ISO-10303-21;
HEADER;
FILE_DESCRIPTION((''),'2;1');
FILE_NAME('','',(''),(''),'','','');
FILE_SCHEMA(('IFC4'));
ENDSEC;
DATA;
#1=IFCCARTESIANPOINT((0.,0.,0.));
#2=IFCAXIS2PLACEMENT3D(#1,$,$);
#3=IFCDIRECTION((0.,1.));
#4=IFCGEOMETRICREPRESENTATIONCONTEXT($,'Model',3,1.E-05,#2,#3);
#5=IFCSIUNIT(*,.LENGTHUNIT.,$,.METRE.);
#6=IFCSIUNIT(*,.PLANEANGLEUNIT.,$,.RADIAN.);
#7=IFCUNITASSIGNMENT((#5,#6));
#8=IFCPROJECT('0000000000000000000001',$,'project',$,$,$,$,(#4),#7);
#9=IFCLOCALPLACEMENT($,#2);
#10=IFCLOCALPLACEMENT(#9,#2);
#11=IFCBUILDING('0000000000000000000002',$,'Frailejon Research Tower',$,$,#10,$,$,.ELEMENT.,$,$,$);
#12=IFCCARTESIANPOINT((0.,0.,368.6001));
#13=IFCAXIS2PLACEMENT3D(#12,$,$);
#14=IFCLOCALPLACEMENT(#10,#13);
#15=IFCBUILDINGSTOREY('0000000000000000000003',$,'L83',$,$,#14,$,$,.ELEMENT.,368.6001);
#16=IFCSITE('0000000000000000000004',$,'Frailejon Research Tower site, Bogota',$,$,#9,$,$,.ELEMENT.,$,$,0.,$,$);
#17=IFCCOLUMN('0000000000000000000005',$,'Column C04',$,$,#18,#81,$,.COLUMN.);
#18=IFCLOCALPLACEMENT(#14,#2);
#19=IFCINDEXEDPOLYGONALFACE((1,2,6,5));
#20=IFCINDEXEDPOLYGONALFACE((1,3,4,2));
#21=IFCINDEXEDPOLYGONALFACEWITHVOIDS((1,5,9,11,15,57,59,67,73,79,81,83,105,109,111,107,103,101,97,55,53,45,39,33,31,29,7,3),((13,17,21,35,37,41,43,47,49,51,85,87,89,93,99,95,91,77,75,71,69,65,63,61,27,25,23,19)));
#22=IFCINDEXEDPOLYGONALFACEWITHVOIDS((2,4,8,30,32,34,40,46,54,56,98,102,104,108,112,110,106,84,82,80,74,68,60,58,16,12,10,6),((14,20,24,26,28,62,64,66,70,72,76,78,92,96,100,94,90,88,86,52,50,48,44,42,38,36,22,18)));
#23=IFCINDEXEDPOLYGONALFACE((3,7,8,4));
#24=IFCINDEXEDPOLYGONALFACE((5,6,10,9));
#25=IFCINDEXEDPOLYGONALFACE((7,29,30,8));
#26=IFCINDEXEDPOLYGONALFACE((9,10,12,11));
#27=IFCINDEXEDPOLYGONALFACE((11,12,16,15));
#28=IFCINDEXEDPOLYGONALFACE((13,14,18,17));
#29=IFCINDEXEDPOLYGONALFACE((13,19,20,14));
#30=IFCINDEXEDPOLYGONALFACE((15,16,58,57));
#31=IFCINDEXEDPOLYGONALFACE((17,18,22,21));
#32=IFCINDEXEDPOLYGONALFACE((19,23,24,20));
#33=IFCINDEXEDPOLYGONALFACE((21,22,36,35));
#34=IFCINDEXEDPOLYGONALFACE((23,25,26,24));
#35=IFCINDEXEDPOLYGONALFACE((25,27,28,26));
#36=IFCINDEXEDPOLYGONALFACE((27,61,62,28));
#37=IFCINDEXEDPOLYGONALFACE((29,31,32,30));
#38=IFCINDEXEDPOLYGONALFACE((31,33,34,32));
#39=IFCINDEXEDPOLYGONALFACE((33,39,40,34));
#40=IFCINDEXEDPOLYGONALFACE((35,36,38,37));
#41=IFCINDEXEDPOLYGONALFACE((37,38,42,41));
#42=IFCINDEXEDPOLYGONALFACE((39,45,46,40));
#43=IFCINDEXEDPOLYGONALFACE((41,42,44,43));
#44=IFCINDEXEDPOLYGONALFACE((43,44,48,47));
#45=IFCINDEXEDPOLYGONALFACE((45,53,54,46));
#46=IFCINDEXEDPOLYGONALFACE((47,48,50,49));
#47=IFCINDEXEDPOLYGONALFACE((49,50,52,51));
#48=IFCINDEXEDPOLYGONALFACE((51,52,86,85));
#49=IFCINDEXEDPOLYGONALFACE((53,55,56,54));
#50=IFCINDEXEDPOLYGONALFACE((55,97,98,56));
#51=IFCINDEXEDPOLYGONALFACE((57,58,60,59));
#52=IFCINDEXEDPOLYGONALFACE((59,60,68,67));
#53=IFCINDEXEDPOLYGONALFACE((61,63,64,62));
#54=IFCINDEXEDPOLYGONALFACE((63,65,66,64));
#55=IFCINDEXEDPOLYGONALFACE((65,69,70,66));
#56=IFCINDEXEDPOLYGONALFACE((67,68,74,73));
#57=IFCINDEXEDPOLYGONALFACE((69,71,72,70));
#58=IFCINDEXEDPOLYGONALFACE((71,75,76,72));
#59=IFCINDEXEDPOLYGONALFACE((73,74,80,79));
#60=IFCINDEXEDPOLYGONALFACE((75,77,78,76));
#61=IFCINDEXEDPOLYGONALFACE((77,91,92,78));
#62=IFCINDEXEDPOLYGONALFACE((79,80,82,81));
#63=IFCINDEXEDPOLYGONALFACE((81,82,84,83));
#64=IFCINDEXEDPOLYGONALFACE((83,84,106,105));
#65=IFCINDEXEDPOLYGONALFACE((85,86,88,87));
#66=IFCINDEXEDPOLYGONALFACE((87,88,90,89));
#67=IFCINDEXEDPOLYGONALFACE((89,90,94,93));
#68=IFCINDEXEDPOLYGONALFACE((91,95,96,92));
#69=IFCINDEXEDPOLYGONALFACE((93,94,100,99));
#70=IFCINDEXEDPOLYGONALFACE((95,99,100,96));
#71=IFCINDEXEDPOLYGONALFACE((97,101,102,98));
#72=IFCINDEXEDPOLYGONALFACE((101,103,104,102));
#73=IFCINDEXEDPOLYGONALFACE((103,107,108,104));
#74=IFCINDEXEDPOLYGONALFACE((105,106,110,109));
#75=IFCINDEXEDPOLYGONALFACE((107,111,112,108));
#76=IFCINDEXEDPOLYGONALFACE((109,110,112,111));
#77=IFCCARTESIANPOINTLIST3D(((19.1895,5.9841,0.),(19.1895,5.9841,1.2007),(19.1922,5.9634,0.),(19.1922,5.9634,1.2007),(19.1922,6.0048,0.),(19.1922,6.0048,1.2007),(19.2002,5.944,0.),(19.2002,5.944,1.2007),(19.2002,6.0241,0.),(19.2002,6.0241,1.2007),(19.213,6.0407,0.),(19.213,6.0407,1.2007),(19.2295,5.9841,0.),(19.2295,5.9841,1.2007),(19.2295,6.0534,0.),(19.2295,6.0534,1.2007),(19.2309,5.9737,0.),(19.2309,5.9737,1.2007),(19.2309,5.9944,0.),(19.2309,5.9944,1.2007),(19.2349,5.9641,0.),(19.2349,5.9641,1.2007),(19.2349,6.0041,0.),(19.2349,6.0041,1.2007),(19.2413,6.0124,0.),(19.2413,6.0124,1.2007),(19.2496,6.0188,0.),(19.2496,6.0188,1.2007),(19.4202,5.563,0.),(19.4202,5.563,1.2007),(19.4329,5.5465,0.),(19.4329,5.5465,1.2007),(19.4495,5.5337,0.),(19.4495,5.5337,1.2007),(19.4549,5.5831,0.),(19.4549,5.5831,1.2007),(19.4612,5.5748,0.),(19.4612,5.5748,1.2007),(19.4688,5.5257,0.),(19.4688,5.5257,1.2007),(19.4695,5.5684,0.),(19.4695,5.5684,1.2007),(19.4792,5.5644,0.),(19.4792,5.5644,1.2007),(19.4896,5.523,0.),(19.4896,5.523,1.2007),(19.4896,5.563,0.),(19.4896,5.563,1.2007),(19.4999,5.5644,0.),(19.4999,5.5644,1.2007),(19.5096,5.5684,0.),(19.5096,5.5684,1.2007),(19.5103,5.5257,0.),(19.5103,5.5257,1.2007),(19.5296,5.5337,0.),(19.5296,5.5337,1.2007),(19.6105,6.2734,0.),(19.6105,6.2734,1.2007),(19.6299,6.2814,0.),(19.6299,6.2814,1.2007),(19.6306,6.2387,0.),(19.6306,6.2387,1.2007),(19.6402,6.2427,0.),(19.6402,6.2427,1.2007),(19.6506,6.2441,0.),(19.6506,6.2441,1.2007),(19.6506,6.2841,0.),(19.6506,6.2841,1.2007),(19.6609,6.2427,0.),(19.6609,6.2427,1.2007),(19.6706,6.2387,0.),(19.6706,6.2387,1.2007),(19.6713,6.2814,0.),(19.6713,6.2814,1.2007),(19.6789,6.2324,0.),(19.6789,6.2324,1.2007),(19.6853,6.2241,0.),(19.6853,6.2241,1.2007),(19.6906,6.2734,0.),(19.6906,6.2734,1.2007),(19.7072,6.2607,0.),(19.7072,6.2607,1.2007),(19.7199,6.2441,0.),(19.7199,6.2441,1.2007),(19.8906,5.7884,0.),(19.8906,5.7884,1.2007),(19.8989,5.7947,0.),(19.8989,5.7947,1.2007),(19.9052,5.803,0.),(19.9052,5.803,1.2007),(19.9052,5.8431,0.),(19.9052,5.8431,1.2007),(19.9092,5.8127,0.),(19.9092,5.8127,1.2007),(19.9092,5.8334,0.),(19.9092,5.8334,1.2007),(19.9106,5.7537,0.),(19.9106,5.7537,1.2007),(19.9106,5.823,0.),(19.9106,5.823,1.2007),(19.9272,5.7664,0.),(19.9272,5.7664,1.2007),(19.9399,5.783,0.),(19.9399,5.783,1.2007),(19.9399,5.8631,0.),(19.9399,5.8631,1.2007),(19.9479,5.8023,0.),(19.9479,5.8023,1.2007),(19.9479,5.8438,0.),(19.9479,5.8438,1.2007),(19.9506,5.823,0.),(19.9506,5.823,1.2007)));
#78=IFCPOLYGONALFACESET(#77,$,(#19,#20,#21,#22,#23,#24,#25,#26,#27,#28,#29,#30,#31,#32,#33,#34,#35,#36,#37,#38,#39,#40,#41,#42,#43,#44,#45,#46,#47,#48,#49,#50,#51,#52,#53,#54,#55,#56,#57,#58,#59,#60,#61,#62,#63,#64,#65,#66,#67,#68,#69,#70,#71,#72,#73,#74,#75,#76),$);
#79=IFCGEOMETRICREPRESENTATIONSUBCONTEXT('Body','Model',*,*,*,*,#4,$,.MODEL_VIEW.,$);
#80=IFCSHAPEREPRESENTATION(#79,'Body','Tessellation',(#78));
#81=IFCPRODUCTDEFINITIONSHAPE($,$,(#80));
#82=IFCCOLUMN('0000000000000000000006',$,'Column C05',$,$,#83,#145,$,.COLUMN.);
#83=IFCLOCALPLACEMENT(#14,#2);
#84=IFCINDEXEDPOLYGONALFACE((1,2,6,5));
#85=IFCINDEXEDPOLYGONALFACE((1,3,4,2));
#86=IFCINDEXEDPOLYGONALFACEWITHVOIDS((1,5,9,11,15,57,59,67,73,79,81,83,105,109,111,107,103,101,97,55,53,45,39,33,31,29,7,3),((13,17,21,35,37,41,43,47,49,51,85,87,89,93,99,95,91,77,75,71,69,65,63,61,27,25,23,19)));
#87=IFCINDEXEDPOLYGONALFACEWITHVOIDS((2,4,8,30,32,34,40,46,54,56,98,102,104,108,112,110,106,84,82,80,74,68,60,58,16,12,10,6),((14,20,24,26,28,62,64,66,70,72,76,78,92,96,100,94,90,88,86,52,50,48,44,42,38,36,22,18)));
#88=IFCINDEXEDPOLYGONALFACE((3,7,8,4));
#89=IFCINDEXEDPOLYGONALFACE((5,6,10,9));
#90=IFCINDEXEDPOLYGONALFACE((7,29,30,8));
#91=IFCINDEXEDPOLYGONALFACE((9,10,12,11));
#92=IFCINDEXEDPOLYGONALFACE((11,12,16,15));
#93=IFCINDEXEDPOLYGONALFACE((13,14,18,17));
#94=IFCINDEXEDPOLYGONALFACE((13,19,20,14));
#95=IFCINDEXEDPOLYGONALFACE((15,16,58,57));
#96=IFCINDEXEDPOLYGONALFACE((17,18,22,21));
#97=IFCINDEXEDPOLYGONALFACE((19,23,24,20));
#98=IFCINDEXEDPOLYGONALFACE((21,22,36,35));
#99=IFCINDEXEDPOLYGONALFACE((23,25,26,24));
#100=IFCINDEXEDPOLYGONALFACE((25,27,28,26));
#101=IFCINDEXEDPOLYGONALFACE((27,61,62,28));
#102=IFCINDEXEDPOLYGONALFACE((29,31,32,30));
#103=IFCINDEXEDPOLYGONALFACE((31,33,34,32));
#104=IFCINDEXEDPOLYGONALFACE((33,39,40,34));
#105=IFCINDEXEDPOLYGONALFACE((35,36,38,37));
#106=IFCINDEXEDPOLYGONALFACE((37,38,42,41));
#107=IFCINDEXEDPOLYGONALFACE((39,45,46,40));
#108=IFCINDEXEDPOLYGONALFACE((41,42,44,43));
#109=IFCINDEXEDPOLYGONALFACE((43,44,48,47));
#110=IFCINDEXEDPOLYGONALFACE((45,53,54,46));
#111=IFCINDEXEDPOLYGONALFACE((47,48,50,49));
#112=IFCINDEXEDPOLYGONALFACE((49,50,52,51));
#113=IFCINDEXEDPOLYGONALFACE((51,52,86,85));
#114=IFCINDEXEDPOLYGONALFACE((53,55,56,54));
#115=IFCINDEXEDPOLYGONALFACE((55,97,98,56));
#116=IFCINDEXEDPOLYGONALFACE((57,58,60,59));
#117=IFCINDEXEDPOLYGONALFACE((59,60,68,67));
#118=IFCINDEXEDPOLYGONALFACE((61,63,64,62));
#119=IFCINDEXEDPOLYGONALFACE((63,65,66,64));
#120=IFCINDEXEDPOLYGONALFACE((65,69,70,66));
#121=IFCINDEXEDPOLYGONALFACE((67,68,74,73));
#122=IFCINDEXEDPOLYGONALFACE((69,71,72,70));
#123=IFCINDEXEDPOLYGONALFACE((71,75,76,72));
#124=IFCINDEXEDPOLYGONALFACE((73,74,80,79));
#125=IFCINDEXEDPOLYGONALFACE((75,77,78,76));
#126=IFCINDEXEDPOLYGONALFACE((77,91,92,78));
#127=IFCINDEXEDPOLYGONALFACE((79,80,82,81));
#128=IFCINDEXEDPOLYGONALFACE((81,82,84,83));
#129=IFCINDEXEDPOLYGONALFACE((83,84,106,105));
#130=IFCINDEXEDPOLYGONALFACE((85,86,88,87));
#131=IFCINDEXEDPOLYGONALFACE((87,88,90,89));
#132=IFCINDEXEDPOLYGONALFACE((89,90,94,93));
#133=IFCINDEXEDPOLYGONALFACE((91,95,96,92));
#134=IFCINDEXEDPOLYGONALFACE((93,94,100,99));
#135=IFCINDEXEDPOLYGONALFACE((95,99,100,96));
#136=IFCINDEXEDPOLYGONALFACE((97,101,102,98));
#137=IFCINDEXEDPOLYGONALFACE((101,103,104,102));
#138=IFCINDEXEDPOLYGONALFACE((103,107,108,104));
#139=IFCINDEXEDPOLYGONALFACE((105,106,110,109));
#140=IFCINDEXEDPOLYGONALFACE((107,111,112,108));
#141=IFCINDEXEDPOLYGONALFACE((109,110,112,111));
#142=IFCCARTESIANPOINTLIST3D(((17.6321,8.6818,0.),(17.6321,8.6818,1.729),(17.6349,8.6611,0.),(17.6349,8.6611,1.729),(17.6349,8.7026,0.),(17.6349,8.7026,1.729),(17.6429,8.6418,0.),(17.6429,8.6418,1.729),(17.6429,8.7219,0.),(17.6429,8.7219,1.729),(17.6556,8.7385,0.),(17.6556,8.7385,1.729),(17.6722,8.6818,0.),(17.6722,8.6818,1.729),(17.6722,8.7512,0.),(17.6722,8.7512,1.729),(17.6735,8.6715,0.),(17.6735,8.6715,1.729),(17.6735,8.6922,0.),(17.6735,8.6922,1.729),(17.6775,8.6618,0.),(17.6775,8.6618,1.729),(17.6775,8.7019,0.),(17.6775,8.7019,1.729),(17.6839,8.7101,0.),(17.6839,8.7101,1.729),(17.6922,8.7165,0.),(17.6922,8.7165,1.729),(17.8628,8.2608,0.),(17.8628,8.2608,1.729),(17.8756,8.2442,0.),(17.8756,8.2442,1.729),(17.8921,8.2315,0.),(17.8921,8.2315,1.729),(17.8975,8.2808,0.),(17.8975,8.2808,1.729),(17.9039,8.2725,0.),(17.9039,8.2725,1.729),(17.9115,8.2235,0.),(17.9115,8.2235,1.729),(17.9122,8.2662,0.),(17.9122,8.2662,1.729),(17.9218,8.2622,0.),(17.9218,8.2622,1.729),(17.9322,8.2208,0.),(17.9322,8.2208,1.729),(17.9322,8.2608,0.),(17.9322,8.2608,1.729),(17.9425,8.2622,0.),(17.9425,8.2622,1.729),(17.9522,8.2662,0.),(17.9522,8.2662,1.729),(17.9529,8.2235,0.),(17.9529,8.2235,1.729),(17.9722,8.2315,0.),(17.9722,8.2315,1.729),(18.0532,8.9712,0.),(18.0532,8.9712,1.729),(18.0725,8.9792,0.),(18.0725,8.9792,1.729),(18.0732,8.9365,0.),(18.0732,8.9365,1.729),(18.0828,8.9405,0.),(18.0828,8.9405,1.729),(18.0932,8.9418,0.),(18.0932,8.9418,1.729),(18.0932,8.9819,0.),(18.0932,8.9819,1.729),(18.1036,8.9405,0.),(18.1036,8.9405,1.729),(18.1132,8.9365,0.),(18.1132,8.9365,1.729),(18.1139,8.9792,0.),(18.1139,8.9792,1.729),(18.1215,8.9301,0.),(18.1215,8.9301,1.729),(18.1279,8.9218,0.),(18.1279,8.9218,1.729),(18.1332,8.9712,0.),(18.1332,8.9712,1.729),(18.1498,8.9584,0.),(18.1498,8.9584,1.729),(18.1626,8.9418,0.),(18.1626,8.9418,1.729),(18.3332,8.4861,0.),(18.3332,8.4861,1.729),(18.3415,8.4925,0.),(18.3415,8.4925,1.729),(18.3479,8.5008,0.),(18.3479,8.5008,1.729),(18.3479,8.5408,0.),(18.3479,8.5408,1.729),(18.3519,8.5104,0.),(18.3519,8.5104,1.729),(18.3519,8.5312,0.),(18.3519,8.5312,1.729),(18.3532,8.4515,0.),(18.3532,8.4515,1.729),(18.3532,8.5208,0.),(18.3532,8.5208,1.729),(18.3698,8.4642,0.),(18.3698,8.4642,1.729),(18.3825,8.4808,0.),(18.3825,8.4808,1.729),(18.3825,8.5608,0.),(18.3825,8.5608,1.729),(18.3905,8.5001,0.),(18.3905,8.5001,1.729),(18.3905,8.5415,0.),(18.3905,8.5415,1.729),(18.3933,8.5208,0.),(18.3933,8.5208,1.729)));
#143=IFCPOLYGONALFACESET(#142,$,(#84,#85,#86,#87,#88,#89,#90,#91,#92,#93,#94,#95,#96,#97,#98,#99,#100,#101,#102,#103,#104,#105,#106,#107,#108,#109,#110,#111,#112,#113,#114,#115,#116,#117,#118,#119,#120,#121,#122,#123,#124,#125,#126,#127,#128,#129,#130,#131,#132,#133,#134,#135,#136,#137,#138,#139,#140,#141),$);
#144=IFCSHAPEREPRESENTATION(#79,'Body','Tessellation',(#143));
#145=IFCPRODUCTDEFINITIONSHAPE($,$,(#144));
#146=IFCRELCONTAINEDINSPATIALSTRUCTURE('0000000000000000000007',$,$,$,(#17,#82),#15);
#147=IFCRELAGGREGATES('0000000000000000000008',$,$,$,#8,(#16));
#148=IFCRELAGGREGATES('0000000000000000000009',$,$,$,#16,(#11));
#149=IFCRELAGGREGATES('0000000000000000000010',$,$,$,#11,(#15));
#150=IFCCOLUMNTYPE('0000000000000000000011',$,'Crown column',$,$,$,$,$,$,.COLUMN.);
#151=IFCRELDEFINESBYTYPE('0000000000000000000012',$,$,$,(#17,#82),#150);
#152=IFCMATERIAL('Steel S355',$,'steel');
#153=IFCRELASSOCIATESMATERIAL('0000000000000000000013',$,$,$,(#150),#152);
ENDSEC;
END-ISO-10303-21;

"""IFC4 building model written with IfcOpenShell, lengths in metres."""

from ifc_helpers import new_model, si_unit, direction, frame, origin, origin_2d, place, context, subcontext, project, spatial, hollow_rectangle, extrude, material, material_profile, profile_set, type_object, element, save


model = new_model("IFC4")

# Units and contexts
model_context = context("Model", 3, precision=1e-05, world=origin(), true_north=direction((0.0, 1.0)))
body_context = subcontext(model_context, "Body", "Model", "MODEL_VIEW")
ifc_project = project(units=[si_unit("LENGTHUNIT", "METRE"), si_unit("PLANEANGLEUNIT", "RADIAN")], contexts=[model_context])

# Site, building, storey
site_placement = place(None, origin())
site = spatial("IfcSite", under=ifc_project, at=site_placement, Name="Frailejon Research Tower site, Bogota", CompositionType="ELEMENT", RefElevation=0.0)
building_placement = place(site_placement, origin())
building = spatial("IfcBuilding", under=site, at=building_placement, Name="Frailejon Research Tower", CompositionType="ELEMENT")
storey_placement = place(building_placement, frame((0.0, 0.0, 368.6001)))
storey = spatial("IfcBuildingStorey", under=building, at=storey_placement, Name="L83", CompositionType="ELEMENT", Elevation=368.6001)

# Columns
ifc_material_1 = material(Name="Steel S355", Category="steel")
ifc_material_profile_1 = material_profile(ifc_material_1, hollow_rectangle(XDim=0.6001, YDim=0.6001, WallThickness=0.04, InnerFilletRadius=0.04, OuterFilletRadius=0.0801, at=origin_2d()), Name="Crown column")
ifc_profile_set_1 = profile_set([ifc_material_profile_1], Name="Steel S355")
column_type = type_object("IfcColumnType", Name="Crown column", PredefinedType="COLUMN", material=ifc_profile_set_1)
column_1_placement = place(storey_placement, frame((19.5701, 5.9036, 0.0), z_axis=(0.0, 0.0, 1.0), x_axis=(-0.5, 0.866025, 0.0)))
element("IfcColumn", 1, at=column_1_placement, inside=storey, type_object=column_type, Name="Column C04", PredefinedType="COLUMN", context=body_context, shape_type="SweptSolid", body=[
    extrude(hollow_rectangle(XDim=0.6001, YDim=0.6001, WallThickness=0.04, InnerFilletRadius=0.04, OuterFilletRadius=0.0801, at=origin_2d()), origin(), (0.0, 0.0, 1.0), 1.2007),
])
column_2_placement = place(storey_placement, frame((18.0127, 8.6013, 0.0), z_axis=(0.0, 0.0, 1.0), x_axis=(-0.5, 0.866025, 0.0)))
element("IfcColumn", 2, at=column_2_placement, inside=storey, type_object=column_type, Name="Column C05", PredefinedType="COLUMN", context=body_context, shape_type="SweptSolid", body=[
    extrude(hollow_rectangle(XDim=0.6001, YDim=0.6001, WallThickness=0.04, InnerFilletRadius=0.04, OuterFilletRadius=0.0801, at=origin_2d()), origin(), (0.0, 0.0, 1.0), 1.729),
])

save(model, "model.ifc")
